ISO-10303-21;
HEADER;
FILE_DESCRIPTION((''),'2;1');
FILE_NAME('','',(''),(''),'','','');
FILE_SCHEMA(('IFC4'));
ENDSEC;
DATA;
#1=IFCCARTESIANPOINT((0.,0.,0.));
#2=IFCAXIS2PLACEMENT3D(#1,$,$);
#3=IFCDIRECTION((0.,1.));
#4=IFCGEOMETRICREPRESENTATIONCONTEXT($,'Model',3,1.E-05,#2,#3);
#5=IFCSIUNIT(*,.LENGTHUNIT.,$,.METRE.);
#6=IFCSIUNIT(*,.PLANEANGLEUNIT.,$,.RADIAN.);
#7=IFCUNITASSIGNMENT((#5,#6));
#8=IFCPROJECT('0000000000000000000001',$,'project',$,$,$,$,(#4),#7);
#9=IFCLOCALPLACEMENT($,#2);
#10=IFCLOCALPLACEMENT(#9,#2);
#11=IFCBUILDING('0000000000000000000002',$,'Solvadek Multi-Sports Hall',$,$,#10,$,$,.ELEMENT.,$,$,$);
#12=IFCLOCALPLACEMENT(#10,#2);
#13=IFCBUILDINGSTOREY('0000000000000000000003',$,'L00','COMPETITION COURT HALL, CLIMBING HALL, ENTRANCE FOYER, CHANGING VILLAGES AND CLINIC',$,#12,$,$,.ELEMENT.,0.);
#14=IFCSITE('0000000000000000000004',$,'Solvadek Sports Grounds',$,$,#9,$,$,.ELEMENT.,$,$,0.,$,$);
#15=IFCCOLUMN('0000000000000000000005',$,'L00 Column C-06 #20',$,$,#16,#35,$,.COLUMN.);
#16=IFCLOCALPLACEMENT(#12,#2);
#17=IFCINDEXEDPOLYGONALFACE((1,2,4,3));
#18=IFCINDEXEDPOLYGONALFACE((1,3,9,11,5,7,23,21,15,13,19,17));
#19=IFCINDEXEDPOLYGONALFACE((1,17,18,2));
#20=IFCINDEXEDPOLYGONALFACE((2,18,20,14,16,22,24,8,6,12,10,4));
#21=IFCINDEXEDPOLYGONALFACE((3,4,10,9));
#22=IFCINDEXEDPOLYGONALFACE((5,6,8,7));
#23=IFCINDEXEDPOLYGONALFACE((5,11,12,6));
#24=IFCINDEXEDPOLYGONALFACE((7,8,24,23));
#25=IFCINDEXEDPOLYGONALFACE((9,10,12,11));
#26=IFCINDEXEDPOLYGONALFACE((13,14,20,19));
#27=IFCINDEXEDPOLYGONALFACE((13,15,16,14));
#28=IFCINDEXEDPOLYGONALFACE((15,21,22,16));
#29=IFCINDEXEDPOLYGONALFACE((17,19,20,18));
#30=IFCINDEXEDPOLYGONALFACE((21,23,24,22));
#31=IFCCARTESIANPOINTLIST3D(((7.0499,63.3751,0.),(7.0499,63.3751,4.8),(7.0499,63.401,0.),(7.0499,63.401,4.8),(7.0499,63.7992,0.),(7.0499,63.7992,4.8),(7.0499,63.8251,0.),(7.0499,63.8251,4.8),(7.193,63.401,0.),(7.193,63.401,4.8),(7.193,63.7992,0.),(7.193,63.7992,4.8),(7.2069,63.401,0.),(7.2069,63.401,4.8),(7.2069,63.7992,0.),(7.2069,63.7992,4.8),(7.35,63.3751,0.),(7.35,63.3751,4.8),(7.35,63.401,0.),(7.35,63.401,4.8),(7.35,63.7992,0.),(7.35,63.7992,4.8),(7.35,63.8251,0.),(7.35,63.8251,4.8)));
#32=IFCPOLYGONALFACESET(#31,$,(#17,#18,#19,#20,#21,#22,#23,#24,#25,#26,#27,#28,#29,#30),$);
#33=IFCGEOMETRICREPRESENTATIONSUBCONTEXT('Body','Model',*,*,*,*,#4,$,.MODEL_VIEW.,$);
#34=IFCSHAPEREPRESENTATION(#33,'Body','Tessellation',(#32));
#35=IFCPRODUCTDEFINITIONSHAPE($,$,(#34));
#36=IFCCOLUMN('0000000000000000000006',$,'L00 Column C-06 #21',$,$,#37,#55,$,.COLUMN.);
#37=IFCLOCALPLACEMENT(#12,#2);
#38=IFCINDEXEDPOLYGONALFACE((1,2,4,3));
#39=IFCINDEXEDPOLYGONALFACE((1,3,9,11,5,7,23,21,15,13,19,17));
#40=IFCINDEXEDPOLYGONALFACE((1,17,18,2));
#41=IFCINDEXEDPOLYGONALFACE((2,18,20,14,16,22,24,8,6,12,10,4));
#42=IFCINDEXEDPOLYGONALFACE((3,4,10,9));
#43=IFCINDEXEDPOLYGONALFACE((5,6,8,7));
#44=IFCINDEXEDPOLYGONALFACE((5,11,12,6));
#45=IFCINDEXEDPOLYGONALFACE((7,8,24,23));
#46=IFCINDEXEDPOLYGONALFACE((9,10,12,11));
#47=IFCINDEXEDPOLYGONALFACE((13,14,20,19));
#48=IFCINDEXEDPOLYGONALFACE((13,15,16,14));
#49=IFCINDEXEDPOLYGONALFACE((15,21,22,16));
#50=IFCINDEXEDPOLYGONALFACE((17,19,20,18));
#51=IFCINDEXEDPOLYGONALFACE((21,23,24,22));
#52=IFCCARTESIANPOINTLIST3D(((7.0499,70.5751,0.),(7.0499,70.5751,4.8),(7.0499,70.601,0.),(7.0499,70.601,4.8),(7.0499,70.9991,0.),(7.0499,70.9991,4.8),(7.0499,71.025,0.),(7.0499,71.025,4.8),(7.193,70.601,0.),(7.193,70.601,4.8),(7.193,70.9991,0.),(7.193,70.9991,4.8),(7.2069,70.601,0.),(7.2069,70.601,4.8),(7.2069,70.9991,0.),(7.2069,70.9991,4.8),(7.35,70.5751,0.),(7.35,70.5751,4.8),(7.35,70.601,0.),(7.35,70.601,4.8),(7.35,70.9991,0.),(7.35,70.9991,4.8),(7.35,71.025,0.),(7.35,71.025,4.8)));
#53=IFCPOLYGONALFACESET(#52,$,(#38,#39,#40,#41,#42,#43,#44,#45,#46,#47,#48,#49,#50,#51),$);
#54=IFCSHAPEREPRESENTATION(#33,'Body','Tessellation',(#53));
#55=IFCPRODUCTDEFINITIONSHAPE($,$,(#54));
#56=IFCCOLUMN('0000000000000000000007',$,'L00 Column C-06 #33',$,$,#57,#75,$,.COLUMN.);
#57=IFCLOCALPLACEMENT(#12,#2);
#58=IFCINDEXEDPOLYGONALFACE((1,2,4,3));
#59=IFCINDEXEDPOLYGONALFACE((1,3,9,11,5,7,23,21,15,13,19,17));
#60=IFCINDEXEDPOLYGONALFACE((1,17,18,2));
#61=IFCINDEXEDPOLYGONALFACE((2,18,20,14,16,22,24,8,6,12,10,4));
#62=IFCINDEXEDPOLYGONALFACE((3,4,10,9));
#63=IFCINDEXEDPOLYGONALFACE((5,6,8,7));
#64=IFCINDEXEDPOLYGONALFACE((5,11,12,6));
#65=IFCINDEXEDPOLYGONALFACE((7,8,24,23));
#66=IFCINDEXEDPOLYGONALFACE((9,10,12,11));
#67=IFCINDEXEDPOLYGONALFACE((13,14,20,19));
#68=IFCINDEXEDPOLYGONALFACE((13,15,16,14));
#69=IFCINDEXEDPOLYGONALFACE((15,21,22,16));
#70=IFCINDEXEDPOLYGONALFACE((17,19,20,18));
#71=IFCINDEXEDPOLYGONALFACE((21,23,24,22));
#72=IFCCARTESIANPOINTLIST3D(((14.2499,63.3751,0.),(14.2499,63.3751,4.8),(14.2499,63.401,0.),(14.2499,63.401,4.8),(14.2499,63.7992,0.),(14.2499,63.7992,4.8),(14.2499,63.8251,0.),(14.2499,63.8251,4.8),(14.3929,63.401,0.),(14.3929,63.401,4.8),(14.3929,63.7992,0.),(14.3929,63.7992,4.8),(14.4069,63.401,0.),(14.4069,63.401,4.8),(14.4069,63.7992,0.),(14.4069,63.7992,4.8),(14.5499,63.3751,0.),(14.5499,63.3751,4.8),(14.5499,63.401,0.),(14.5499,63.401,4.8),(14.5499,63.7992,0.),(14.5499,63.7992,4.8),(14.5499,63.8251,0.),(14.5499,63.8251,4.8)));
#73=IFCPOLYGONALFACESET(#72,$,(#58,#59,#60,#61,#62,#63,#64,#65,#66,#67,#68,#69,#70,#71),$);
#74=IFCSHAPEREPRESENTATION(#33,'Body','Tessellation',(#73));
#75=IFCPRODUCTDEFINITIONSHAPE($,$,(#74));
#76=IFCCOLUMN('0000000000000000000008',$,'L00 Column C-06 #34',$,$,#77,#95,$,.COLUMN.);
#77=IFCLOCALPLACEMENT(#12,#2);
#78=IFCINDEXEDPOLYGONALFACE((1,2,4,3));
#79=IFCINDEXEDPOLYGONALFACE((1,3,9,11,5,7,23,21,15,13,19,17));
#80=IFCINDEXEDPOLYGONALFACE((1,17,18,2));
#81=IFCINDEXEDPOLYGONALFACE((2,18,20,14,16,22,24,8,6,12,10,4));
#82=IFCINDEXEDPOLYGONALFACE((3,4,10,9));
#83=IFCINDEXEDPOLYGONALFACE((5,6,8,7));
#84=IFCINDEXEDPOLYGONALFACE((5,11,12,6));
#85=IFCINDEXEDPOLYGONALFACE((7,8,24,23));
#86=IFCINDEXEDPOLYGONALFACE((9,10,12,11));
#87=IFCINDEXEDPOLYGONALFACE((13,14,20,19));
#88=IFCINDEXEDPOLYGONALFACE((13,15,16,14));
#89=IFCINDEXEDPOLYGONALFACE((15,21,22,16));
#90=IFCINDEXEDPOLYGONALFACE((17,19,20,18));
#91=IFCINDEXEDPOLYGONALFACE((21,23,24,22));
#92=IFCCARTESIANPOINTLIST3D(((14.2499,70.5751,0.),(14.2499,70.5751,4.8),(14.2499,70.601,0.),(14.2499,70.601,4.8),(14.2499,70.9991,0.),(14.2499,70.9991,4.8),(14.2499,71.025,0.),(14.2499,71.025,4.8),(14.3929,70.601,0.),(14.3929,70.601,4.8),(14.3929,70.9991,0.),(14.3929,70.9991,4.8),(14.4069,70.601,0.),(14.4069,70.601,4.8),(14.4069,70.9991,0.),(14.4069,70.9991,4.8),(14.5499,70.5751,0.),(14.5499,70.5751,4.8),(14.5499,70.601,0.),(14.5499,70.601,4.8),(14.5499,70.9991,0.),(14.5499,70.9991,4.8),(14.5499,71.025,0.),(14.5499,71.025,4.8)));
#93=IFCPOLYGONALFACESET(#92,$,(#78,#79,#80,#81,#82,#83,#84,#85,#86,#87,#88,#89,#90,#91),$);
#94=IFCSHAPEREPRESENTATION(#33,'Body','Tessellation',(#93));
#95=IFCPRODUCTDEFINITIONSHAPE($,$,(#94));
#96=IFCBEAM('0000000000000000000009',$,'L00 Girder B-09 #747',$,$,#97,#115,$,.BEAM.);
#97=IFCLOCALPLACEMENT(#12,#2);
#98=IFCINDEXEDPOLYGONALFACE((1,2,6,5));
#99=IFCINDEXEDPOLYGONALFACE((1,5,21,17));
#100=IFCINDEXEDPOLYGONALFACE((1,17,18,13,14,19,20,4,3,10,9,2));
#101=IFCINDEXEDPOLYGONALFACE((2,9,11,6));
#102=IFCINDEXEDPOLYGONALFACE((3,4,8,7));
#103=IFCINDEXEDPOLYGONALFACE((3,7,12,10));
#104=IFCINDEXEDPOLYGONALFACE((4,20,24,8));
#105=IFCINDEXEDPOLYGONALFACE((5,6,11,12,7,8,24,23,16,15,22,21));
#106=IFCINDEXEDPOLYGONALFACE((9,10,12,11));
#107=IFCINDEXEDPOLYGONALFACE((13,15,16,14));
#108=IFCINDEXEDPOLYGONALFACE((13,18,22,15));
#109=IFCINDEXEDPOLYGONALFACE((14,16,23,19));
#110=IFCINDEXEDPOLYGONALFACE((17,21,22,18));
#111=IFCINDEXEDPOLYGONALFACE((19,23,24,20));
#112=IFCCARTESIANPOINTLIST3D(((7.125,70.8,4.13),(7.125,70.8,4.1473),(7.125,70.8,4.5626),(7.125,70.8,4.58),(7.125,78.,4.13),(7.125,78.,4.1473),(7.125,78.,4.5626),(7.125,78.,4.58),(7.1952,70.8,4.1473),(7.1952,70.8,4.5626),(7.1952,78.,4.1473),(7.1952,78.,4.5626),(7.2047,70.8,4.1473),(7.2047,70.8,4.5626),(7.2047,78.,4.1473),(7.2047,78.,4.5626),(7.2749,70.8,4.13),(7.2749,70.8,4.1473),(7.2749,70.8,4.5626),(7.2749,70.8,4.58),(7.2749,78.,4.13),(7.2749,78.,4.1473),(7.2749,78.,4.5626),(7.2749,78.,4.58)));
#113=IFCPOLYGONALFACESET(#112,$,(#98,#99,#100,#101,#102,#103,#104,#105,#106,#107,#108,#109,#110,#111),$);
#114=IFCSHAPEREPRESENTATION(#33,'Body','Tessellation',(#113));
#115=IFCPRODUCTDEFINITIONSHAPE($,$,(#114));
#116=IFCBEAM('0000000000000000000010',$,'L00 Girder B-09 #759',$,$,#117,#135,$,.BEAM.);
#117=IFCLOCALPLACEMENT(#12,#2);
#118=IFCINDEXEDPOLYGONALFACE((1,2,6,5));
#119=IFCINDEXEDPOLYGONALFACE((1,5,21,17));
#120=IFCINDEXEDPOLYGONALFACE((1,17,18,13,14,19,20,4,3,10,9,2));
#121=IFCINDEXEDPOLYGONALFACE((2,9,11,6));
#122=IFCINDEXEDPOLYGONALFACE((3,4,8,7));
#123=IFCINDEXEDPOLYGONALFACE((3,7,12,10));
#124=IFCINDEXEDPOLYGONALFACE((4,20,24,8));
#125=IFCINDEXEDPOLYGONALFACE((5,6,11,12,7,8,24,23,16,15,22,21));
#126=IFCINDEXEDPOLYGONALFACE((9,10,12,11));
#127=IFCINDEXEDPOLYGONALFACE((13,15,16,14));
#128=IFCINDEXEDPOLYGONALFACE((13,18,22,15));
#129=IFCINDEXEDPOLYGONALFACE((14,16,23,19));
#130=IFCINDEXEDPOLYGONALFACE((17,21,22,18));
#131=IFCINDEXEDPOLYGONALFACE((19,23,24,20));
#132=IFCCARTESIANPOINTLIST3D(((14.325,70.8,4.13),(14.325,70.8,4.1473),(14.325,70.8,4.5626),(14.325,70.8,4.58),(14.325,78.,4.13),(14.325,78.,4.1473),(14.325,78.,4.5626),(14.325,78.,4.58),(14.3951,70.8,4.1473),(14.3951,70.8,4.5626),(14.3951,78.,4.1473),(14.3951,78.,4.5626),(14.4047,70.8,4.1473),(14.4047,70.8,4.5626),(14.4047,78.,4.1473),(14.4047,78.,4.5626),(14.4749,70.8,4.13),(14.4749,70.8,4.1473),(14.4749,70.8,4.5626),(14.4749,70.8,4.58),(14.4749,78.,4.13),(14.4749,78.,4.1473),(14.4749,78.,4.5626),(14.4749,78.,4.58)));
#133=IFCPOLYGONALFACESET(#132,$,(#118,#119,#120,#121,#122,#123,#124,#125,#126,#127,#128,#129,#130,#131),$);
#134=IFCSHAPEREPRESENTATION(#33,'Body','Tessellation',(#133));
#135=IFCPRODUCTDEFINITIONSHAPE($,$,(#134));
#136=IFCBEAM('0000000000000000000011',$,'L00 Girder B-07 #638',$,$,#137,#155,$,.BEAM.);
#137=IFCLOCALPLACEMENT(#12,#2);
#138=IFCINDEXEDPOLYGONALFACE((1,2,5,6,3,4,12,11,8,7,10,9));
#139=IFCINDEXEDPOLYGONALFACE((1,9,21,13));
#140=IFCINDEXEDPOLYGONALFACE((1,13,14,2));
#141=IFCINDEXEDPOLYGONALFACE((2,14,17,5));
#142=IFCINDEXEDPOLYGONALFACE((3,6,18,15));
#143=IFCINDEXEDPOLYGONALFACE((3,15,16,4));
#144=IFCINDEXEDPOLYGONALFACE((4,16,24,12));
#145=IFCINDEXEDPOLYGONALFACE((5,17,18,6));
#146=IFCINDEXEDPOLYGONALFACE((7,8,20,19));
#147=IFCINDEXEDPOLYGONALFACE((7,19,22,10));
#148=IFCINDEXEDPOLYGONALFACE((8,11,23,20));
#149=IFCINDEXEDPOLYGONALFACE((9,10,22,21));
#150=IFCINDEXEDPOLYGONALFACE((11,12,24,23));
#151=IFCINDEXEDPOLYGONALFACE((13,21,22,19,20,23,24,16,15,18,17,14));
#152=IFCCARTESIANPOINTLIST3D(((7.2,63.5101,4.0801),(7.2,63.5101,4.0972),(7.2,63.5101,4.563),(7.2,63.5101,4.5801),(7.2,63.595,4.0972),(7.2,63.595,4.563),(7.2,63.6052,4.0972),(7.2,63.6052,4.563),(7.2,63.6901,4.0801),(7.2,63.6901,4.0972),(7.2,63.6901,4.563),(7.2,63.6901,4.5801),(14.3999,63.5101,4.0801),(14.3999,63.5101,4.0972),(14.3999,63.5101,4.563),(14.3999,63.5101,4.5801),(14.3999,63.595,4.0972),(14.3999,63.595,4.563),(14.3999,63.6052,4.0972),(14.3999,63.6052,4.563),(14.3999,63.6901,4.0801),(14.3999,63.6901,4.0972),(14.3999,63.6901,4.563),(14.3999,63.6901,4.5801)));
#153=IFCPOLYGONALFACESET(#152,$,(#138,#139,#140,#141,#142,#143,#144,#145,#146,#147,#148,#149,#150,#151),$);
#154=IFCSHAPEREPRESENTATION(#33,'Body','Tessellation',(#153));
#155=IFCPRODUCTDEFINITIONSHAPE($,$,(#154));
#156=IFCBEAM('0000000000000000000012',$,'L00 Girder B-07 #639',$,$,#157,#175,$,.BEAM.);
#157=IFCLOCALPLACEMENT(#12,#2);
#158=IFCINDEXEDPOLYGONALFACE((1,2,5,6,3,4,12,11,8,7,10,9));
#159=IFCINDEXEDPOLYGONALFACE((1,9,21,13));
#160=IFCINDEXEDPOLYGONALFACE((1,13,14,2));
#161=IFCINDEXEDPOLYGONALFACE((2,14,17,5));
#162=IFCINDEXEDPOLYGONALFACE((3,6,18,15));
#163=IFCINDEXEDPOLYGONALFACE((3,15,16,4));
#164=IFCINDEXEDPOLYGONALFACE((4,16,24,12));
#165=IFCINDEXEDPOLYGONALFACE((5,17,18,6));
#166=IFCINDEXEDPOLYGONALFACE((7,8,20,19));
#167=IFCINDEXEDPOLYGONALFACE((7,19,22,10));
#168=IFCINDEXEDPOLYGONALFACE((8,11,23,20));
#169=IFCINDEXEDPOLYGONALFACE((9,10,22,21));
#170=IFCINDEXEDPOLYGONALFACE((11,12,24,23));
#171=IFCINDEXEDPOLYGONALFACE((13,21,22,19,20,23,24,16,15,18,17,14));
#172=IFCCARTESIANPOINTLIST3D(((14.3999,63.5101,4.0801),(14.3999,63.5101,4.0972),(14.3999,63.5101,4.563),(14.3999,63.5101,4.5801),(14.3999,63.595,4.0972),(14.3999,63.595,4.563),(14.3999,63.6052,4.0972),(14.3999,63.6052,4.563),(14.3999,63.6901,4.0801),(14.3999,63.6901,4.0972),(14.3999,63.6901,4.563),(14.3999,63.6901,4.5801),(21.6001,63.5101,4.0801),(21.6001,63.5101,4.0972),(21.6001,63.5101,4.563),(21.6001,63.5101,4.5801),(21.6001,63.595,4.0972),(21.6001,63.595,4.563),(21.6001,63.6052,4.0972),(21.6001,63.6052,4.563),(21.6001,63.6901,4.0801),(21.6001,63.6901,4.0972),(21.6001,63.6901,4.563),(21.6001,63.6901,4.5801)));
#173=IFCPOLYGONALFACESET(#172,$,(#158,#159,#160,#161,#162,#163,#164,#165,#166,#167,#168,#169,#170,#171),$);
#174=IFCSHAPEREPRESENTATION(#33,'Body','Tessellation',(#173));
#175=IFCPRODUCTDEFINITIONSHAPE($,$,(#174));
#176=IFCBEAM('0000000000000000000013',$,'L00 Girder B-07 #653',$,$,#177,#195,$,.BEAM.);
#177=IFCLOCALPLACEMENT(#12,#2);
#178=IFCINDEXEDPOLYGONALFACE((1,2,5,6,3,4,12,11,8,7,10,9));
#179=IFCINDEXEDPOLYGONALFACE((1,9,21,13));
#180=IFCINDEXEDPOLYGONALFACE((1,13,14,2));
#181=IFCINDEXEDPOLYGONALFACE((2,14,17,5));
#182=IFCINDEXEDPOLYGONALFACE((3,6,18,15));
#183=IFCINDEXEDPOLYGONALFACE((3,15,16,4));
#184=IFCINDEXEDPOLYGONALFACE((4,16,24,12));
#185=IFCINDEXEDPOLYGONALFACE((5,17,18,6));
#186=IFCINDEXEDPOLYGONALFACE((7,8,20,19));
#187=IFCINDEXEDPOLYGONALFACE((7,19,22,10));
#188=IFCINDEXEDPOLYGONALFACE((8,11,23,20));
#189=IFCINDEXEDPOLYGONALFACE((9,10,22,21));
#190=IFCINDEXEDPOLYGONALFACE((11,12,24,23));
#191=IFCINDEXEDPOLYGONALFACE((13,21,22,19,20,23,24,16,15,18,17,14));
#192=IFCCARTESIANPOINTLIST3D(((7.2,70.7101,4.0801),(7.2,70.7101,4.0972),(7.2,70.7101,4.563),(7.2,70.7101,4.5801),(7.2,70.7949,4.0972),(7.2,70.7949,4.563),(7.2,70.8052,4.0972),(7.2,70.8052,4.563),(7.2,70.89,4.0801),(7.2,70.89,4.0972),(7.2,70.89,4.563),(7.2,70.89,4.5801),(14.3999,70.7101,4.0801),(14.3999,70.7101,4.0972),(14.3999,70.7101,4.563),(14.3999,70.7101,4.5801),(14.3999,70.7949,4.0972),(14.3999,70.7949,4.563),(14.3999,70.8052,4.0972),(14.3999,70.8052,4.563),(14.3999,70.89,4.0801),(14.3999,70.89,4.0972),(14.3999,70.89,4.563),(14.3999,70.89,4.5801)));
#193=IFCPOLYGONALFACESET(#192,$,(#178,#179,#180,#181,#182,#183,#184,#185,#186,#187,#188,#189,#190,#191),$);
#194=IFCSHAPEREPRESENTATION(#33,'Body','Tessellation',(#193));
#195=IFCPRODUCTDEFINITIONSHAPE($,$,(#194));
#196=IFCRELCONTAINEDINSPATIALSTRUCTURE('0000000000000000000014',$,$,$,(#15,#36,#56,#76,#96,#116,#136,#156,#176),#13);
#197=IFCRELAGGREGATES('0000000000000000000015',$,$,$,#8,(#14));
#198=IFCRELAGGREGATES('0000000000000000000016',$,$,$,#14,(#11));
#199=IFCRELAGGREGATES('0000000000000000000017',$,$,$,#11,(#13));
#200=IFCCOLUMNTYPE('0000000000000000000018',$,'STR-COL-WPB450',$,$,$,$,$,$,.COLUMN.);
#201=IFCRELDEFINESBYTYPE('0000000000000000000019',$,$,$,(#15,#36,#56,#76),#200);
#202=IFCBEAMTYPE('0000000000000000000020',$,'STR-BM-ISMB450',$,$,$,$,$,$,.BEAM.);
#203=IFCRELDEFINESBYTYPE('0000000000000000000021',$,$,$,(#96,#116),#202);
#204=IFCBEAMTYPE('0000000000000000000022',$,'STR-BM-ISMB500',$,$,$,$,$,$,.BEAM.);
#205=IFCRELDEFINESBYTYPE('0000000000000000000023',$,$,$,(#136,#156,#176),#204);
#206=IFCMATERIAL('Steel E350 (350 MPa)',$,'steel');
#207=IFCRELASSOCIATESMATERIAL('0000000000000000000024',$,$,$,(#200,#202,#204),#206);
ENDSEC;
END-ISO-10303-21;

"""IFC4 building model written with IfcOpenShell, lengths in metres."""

from ifc_helpers import new_model, si_unit, direction, frame, origin, origin_2d, place, context, subcontext, project, spatial, i_section, extrude, material, material_profile, profile_set, type_object, element, save


model = new_model("IFC4")

# Units and contexts
model_context = context("Model", 3, precision=1e-05, world=origin(), true_north=direction((0.0, 1.0)))
body_context = subcontext(model_context, "Body", "Model", "MODEL_VIEW")
ifc_project = project(units=[si_unit("LENGTHUNIT", "METRE"), si_unit("PLANEANGLEUNIT", "RADIAN")], contexts=[model_context])

# Site, building, storey
site_placement = place(None, origin())
site = spatial("IfcSite", under=ifc_project, at=site_placement, Name="Solvadek Sports Grounds", CompositionType="ELEMENT", RefElevation=0.0)
building_placement = place(site_placement, origin())
building = spatial("IfcBuilding", under=site, at=building_placement, Name="Solvadek Multi-Sports Hall", CompositionType="ELEMENT")
storey_placement = place(building_placement, origin())
storey = spatial("IfcBuildingStorey", under=building, at=storey_placement, Name="L00", Description="COMPETITION COURT HALL, CLIMBING HALL, ENTRANCE FOYER, CHANGING VILLAGES AND CLINIC", CompositionType="ELEMENT", Elevation=0.0)

# Columns
ifc_material = material(Name="Steel E350 (350 MPa)", Category="steel")
ifc_material_profile_1 = material_profile(ifc_material, i_section(OverallWidth=0.3, OverallDepth=0.45, WebThickness=0.0139, FlangeThickness=0.0259, at=origin_2d()), Name="WPB 450")
ifc_profile_set_1 = profile_set([ifc_material_profile_1], Name="Steel E350 (350 MPa)")
column_type = type_object("IfcColumnType", Name="STR-COL-WPB450", PredefinedType="COLUMN", material=ifc_profile_set_1)
for number, where, z_axis, x_axis, name in (
    (1, (7.2, 63.6001, 0.0), (0.0, 0.0, 1.0), (1.0, 0.0, 0.0), "L00 Column C-06 #20"),
    (2, (7.2, 70.8, 0.0), (0.0, 0.0, 1.0), (1.0, 0.0, 0.0), "L00 Column C-06 #21"),
    (3, (14.3999, 63.6001, 0.0), (0.0, 0.0, 1.0), (1.0, 0.0, 0.0), "L00 Column C-06 #33"),
    (4, (14.3999, 70.8, 0.0), (0.0, 0.0, 1.0), (1.0, 0.0, 0.0), "L00 Column C-06 #34"),
):
    element("IfcColumn", number, at=place(storey_placement, frame(where, z_axis=z_axis, x_axis=x_axis)), inside=storey, type_object=column_type, Name=name, PredefinedType="COLUMN", context=body_context, shape_type="SweptSolid", body=[
        extrude(i_section(OverallWidth=0.3, OverallDepth=0.45, WebThickness=0.0139, FlangeThickness=0.0259, at=origin_2d()), origin(), (0.0, 0.0, 1.0), 4.8),
    ])

# Beams
ifc_material_profile_2 = material_profile(ifc_material, i_section(OverallWidth=0.1499, OverallDepth=0.45, WebThickness=0.0095, FlangeThickness=0.0173, at=origin_2d()), Name="ISMB 450")
ifc_profile_set_2 = profile_set([ifc_material_profile_2], Name="Steel E350 (350 MPa)")
beam_type_1 = type_object("IfcBeamType", Name="STR-BM-ISMB450", PredefinedType="BEAM", material=ifc_profile_set_2)
for number, where, z_axis, x_axis, name in (
    (5, (7.2, 70.8, 4.355), (0.0, 1.0, 0.0), (-1.0, 0.0, 0.0), "L00 Girder B-09 #747"),
    (6, (14.3999, 70.8, 4.355), (0.0, 1.0, 0.0), (-1.0, 0.0, 0.0), "L00 Girder B-09 #759"),
):
    element("IfcBeam", number, at=place(storey_placement, frame(where, z_axis=z_axis, x_axis=x_axis)), inside=storey, type_object=beam_type_1, Name=name, PredefinedType="BEAM", context=body_context, shape_type="SweptSolid", body=[
        extrude(i_section(OverallWidth=0.1499, OverallDepth=0.45, WebThickness=0.0095, FlangeThickness=0.0173, at=origin_2d()), origin(), (0.0, 0.0, 1.0), 7.2),
    ])
ifc_material_profile_3 = material_profile(ifc_material, i_section(OverallWidth=0.1799, OverallDepth=0.5, WebThickness=0.0103, FlangeThickness=0.0171, at=origin_2d()), Name="ISMB 500")
ifc_profile_set_3 = profile_set([ifc_material_profile_3], Name="Steel E350 (350 MPa)")
beam_type_2 = type_object("IfcBeamType", Name="STR-BM-ISMB500", PredefinedType="BEAM", material=ifc_profile_set_3)
beam_1_placement = place(storey_placement, frame((7.2, 63.6001, 4.3301), z_axis=(1.0, 0.0, 0.0), x_axis=(0.0, 1.0, 0.0)))
element("IfcBeam", 7, at=beam_1_placement, inside=storey, type_object=beam_type_2, Name="L00 Girder B-07 #638", PredefinedType="BEAM", context=body_context, shape_type="SweptSolid", body=[
    extrude(i_section(OverallWidth=0.1799, OverallDepth=0.5, WebThickness=0.0103, FlangeThickness=0.0171, at=origin_2d()), origin(), (0.0, 0.0, 1.0), 7.2),
])
beam_2_placement = place(storey_placement, frame((14.3999, 63.6001, 4.3301), z_axis=(1.0, 0.0, 0.0), x_axis=(0.0, 1.0, 0.0)))
element("IfcBeam", 8, at=beam_2_placement, inside=storey, type_object=beam_type_2, Name="L00 Girder B-07 #639", PredefinedType="BEAM", context=body_context, shape_type="SweptSolid", body=[
    extrude(i_section(OverallWidth=0.1799, OverallDepth=0.5, WebThickness=0.0103, FlangeThickness=0.0171, at=origin_2d()), origin(), (0.0, 0.0, 1.0), 7.2002),
])
beam_3_placement = place(storey_placement, frame((7.2, 70.8, 4.3301), z_axis=(1.0, 0.0, 0.0), x_axis=(0.0, 1.0, 0.0)))
element("IfcBeam", 9, at=beam_3_placement, inside=storey, type_object=beam_type_2, Name="L00 Girder B-07 #653", PredefinedType="BEAM", context=body_context, shape_type="SweptSolid", body=[
    extrude(i_section(OverallWidth=0.1799, OverallDepth=0.5, WebThickness=0.0103, FlangeThickness=0.0171, at=origin_2d()), origin(), (0.0, 0.0, 1.0), 7.2),
])

save(model, "model.ifc")
